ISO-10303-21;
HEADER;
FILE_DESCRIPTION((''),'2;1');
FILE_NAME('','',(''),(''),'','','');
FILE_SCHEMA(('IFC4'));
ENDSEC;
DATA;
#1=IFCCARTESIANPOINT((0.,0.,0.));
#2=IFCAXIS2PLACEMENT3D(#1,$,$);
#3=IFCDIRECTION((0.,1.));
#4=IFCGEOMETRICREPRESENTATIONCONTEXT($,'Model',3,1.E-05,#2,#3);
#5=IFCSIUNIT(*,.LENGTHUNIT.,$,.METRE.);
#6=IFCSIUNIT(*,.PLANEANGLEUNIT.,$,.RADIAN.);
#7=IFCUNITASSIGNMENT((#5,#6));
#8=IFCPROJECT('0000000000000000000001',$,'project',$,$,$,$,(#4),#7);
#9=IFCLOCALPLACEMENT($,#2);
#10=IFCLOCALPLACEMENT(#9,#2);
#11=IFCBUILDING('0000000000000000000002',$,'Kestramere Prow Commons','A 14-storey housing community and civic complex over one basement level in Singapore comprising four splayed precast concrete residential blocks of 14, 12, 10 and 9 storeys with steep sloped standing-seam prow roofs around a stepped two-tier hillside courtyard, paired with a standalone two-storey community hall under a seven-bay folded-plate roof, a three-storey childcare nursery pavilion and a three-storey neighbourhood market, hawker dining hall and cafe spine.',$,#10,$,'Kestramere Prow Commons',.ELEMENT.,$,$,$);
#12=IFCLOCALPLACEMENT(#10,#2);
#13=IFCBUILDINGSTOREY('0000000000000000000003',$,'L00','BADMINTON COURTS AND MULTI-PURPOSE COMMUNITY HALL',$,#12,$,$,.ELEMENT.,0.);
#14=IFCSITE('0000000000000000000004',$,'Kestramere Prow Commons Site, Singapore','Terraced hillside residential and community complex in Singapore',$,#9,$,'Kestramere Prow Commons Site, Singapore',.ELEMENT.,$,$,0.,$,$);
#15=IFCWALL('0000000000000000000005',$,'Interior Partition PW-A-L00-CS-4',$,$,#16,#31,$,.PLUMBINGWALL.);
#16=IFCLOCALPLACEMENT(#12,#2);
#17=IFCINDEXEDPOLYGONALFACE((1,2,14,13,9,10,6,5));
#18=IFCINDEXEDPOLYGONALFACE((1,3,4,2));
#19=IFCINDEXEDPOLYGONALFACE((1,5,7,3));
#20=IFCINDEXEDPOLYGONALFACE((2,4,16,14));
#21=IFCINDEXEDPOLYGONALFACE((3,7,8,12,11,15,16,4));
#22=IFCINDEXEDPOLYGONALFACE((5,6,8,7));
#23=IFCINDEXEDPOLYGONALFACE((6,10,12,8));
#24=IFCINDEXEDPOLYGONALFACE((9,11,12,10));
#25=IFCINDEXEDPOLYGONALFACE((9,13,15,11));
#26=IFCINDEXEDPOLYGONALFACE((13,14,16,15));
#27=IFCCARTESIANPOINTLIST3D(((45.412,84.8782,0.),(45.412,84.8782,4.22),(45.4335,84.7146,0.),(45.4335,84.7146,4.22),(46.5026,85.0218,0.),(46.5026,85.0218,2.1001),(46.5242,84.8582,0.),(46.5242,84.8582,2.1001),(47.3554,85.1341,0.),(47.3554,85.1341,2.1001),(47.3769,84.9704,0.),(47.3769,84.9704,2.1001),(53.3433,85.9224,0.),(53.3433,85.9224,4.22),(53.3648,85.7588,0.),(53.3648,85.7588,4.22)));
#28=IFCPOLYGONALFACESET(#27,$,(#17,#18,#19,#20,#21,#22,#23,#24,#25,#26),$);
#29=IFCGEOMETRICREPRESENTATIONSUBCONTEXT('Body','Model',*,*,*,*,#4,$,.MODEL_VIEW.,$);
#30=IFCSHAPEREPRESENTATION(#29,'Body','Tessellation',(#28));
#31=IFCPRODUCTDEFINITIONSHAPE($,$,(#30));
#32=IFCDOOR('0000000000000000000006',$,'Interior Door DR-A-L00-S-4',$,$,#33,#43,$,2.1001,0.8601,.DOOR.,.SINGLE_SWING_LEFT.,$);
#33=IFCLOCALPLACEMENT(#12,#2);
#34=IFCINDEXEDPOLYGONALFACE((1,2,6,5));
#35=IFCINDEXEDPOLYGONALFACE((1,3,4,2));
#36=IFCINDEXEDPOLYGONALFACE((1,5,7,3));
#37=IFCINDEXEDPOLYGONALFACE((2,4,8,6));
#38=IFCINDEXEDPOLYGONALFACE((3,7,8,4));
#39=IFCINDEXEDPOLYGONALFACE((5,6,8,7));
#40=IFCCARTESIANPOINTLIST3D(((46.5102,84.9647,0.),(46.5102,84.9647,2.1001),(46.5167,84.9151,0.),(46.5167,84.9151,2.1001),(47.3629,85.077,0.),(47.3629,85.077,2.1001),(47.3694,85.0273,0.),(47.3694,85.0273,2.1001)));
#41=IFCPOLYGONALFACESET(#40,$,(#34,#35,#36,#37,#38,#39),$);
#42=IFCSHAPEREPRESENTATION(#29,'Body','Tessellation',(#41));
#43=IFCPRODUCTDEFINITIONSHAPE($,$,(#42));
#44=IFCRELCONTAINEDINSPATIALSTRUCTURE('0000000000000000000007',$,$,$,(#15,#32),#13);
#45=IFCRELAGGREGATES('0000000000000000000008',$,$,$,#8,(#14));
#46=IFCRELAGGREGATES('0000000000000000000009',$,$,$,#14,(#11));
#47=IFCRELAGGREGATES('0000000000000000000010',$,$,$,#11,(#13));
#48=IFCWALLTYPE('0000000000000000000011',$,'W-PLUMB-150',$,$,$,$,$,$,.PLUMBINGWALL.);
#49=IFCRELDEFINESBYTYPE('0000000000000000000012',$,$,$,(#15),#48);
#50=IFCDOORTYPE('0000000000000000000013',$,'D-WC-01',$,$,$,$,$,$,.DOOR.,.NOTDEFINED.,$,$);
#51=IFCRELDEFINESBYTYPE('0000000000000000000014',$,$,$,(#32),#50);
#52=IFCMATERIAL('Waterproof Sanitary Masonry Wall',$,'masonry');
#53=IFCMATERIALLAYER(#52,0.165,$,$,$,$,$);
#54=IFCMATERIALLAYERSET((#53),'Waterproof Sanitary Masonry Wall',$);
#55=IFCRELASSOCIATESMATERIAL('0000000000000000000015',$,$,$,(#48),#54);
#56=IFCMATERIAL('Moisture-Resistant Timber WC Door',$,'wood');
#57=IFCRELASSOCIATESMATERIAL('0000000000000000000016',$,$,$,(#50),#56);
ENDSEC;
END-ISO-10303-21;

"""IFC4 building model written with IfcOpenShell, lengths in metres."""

from ifc_helpers import new_model, si_unit, direction, frame, frame_2d, origin, place, context, subcontext, project, spatial, rectangle, extrude, material, layer, layer_set, type_object, element, fill, save


model = new_model("IFC4")

# Units and contexts
model_context = context("Model", 3, precision=1e-05, world=origin(), true_north=direction((0.0, 1.0)))
body_context = subcontext(model_context, "Body", "Model", "MODEL_VIEW")
ifc_project = project(units=[si_unit("LENGTHUNIT", "METRE"), si_unit("PLANEANGLEUNIT", "RADIAN")], contexts=[model_context])

# Site, building, storey
site_placement = place(None, origin())
site = spatial("IfcSite", under=ifc_project, at=site_placement, Name="Kestramere Prow Commons Site, Singapore", Description="Terraced hillside residential and community complex in Singapore", LongName="Kestramere Prow Commons Site, Singapore", CompositionType="ELEMENT", RefElevation=0.0)
building_placement = place(site_placement, origin())
building = spatial("IfcBuilding", under=site, at=building_placement, Name="Kestramere Prow Commons", Description="A 14-storey housing community and civic complex over one basement level in Singapore comprising four splayed precast concrete residential blocks of 14, 12, 10 and 9 storeys with steep sloped standing-seam prow roofs around a stepped two-tier hillside courtyard, paired with a standalone two-storey community hall under a seven-bay folded-plate roof, a three-storey childcare nursery pavilion and a three-storey neighbourhood market, hawker dining hall and cafe spine.", LongName="Kestramere Prow Commons", CompositionType="ELEMENT")
storey_placement = place(building_placement, origin())
storey = spatial("IfcBuildingStorey", under=building, at=storey_placement, Name="L00", Description="BADMINTON COURTS AND MULTI-PURPOSE COMMUNITY HALL", CompositionType="ELEMENT", Elevation=0.0)

# Wall, opening, door
ifc_material_1 = material(Name="Waterproof Sanitary Masonry Wall", Category="masonry")
ifc_layer_1 = layer(ifc_material_1, 0.165)
ifc_layer_set_1 = layer_set([ifc_layer_1], Name="Waterproof Sanitary Masonry Wall")
wall_type = type_object("IfcWallType", Name="W-PLUMB-150", PredefinedType="PLUMBINGWALL", material=ifc_layer_set_1)
wall_placement = place(storey_placement, frame((45.4226, 84.7964, 0.0), z_axis=(0.0, 0.0, 1.0), x_axis=(0.991445, 0.130526, 0.0)))
wall = element("IfcWall", 1, at=wall_placement, inside=storey, type_object=wall_type, Name="Interior Partition PW-A-L00-CS-4", PredefinedType="PLUMBINGWALL", context=body_context, shape_type="SweptSolid", body=[
    extrude(rectangle(XDim=7.9998, YDim=0.165, at=frame_2d((4.0, 0.0))), origin(), (0.0, 0.0, 1.0), 4.22),
])
opening_placement = place(wall_placement, frame((1.1001, 0.0, 0.0)))
opening = element("IfcOpeningElement", 2, at=opening_placement, cuts=wall, PredefinedType="OPENING", context=body_context, shape_type="SweptSolid", body=[
    extrude(rectangle(XDim=0.8601, YDim=2.1001, at=frame_2d((0.4302, 1.05))), frame((0.0, 0.0974, 0.0), z_axis=(0.0, -1.0, 0.0), x_axis=(1.0, 0.0, 0.0)), (0.0, 0.0, 1.0), 0.1951),
])
ifc_material_2 = material(Name="Moisture-Resistant Timber WC Door", Category="wood")
door_type = type_object("IfcDoorType", Name="D-WC-01", OperationType="NOTDEFINED", PredefinedType="DOOR", material=ifc_material_2)
door_placement = place(opening_placement, origin())
door = element("IfcDoor", 3, at=door_placement, inside=storey, type_object=door_type, Name="Interior Door DR-A-L00-S-4", OperationType="SINGLE_SWING_LEFT", OverallHeight=2.1001, OverallWidth=0.8601, PredefinedType="DOOR", context=body_context, shape_type="SweptSolid", body=[
    extrude(rectangle(XDim=0.8601, YDim=2.1001, at=frame_2d((0.4302, 1.05))), frame((0.0, 0.0249, 0.0), z_axis=(0.0, -1.0, 0.0), x_axis=(1.0, 0.0, 0.0)), (0.0, 0.0, 1.0), 0.05),
])
fill(opening, door)

save(model, "model.ifc")
